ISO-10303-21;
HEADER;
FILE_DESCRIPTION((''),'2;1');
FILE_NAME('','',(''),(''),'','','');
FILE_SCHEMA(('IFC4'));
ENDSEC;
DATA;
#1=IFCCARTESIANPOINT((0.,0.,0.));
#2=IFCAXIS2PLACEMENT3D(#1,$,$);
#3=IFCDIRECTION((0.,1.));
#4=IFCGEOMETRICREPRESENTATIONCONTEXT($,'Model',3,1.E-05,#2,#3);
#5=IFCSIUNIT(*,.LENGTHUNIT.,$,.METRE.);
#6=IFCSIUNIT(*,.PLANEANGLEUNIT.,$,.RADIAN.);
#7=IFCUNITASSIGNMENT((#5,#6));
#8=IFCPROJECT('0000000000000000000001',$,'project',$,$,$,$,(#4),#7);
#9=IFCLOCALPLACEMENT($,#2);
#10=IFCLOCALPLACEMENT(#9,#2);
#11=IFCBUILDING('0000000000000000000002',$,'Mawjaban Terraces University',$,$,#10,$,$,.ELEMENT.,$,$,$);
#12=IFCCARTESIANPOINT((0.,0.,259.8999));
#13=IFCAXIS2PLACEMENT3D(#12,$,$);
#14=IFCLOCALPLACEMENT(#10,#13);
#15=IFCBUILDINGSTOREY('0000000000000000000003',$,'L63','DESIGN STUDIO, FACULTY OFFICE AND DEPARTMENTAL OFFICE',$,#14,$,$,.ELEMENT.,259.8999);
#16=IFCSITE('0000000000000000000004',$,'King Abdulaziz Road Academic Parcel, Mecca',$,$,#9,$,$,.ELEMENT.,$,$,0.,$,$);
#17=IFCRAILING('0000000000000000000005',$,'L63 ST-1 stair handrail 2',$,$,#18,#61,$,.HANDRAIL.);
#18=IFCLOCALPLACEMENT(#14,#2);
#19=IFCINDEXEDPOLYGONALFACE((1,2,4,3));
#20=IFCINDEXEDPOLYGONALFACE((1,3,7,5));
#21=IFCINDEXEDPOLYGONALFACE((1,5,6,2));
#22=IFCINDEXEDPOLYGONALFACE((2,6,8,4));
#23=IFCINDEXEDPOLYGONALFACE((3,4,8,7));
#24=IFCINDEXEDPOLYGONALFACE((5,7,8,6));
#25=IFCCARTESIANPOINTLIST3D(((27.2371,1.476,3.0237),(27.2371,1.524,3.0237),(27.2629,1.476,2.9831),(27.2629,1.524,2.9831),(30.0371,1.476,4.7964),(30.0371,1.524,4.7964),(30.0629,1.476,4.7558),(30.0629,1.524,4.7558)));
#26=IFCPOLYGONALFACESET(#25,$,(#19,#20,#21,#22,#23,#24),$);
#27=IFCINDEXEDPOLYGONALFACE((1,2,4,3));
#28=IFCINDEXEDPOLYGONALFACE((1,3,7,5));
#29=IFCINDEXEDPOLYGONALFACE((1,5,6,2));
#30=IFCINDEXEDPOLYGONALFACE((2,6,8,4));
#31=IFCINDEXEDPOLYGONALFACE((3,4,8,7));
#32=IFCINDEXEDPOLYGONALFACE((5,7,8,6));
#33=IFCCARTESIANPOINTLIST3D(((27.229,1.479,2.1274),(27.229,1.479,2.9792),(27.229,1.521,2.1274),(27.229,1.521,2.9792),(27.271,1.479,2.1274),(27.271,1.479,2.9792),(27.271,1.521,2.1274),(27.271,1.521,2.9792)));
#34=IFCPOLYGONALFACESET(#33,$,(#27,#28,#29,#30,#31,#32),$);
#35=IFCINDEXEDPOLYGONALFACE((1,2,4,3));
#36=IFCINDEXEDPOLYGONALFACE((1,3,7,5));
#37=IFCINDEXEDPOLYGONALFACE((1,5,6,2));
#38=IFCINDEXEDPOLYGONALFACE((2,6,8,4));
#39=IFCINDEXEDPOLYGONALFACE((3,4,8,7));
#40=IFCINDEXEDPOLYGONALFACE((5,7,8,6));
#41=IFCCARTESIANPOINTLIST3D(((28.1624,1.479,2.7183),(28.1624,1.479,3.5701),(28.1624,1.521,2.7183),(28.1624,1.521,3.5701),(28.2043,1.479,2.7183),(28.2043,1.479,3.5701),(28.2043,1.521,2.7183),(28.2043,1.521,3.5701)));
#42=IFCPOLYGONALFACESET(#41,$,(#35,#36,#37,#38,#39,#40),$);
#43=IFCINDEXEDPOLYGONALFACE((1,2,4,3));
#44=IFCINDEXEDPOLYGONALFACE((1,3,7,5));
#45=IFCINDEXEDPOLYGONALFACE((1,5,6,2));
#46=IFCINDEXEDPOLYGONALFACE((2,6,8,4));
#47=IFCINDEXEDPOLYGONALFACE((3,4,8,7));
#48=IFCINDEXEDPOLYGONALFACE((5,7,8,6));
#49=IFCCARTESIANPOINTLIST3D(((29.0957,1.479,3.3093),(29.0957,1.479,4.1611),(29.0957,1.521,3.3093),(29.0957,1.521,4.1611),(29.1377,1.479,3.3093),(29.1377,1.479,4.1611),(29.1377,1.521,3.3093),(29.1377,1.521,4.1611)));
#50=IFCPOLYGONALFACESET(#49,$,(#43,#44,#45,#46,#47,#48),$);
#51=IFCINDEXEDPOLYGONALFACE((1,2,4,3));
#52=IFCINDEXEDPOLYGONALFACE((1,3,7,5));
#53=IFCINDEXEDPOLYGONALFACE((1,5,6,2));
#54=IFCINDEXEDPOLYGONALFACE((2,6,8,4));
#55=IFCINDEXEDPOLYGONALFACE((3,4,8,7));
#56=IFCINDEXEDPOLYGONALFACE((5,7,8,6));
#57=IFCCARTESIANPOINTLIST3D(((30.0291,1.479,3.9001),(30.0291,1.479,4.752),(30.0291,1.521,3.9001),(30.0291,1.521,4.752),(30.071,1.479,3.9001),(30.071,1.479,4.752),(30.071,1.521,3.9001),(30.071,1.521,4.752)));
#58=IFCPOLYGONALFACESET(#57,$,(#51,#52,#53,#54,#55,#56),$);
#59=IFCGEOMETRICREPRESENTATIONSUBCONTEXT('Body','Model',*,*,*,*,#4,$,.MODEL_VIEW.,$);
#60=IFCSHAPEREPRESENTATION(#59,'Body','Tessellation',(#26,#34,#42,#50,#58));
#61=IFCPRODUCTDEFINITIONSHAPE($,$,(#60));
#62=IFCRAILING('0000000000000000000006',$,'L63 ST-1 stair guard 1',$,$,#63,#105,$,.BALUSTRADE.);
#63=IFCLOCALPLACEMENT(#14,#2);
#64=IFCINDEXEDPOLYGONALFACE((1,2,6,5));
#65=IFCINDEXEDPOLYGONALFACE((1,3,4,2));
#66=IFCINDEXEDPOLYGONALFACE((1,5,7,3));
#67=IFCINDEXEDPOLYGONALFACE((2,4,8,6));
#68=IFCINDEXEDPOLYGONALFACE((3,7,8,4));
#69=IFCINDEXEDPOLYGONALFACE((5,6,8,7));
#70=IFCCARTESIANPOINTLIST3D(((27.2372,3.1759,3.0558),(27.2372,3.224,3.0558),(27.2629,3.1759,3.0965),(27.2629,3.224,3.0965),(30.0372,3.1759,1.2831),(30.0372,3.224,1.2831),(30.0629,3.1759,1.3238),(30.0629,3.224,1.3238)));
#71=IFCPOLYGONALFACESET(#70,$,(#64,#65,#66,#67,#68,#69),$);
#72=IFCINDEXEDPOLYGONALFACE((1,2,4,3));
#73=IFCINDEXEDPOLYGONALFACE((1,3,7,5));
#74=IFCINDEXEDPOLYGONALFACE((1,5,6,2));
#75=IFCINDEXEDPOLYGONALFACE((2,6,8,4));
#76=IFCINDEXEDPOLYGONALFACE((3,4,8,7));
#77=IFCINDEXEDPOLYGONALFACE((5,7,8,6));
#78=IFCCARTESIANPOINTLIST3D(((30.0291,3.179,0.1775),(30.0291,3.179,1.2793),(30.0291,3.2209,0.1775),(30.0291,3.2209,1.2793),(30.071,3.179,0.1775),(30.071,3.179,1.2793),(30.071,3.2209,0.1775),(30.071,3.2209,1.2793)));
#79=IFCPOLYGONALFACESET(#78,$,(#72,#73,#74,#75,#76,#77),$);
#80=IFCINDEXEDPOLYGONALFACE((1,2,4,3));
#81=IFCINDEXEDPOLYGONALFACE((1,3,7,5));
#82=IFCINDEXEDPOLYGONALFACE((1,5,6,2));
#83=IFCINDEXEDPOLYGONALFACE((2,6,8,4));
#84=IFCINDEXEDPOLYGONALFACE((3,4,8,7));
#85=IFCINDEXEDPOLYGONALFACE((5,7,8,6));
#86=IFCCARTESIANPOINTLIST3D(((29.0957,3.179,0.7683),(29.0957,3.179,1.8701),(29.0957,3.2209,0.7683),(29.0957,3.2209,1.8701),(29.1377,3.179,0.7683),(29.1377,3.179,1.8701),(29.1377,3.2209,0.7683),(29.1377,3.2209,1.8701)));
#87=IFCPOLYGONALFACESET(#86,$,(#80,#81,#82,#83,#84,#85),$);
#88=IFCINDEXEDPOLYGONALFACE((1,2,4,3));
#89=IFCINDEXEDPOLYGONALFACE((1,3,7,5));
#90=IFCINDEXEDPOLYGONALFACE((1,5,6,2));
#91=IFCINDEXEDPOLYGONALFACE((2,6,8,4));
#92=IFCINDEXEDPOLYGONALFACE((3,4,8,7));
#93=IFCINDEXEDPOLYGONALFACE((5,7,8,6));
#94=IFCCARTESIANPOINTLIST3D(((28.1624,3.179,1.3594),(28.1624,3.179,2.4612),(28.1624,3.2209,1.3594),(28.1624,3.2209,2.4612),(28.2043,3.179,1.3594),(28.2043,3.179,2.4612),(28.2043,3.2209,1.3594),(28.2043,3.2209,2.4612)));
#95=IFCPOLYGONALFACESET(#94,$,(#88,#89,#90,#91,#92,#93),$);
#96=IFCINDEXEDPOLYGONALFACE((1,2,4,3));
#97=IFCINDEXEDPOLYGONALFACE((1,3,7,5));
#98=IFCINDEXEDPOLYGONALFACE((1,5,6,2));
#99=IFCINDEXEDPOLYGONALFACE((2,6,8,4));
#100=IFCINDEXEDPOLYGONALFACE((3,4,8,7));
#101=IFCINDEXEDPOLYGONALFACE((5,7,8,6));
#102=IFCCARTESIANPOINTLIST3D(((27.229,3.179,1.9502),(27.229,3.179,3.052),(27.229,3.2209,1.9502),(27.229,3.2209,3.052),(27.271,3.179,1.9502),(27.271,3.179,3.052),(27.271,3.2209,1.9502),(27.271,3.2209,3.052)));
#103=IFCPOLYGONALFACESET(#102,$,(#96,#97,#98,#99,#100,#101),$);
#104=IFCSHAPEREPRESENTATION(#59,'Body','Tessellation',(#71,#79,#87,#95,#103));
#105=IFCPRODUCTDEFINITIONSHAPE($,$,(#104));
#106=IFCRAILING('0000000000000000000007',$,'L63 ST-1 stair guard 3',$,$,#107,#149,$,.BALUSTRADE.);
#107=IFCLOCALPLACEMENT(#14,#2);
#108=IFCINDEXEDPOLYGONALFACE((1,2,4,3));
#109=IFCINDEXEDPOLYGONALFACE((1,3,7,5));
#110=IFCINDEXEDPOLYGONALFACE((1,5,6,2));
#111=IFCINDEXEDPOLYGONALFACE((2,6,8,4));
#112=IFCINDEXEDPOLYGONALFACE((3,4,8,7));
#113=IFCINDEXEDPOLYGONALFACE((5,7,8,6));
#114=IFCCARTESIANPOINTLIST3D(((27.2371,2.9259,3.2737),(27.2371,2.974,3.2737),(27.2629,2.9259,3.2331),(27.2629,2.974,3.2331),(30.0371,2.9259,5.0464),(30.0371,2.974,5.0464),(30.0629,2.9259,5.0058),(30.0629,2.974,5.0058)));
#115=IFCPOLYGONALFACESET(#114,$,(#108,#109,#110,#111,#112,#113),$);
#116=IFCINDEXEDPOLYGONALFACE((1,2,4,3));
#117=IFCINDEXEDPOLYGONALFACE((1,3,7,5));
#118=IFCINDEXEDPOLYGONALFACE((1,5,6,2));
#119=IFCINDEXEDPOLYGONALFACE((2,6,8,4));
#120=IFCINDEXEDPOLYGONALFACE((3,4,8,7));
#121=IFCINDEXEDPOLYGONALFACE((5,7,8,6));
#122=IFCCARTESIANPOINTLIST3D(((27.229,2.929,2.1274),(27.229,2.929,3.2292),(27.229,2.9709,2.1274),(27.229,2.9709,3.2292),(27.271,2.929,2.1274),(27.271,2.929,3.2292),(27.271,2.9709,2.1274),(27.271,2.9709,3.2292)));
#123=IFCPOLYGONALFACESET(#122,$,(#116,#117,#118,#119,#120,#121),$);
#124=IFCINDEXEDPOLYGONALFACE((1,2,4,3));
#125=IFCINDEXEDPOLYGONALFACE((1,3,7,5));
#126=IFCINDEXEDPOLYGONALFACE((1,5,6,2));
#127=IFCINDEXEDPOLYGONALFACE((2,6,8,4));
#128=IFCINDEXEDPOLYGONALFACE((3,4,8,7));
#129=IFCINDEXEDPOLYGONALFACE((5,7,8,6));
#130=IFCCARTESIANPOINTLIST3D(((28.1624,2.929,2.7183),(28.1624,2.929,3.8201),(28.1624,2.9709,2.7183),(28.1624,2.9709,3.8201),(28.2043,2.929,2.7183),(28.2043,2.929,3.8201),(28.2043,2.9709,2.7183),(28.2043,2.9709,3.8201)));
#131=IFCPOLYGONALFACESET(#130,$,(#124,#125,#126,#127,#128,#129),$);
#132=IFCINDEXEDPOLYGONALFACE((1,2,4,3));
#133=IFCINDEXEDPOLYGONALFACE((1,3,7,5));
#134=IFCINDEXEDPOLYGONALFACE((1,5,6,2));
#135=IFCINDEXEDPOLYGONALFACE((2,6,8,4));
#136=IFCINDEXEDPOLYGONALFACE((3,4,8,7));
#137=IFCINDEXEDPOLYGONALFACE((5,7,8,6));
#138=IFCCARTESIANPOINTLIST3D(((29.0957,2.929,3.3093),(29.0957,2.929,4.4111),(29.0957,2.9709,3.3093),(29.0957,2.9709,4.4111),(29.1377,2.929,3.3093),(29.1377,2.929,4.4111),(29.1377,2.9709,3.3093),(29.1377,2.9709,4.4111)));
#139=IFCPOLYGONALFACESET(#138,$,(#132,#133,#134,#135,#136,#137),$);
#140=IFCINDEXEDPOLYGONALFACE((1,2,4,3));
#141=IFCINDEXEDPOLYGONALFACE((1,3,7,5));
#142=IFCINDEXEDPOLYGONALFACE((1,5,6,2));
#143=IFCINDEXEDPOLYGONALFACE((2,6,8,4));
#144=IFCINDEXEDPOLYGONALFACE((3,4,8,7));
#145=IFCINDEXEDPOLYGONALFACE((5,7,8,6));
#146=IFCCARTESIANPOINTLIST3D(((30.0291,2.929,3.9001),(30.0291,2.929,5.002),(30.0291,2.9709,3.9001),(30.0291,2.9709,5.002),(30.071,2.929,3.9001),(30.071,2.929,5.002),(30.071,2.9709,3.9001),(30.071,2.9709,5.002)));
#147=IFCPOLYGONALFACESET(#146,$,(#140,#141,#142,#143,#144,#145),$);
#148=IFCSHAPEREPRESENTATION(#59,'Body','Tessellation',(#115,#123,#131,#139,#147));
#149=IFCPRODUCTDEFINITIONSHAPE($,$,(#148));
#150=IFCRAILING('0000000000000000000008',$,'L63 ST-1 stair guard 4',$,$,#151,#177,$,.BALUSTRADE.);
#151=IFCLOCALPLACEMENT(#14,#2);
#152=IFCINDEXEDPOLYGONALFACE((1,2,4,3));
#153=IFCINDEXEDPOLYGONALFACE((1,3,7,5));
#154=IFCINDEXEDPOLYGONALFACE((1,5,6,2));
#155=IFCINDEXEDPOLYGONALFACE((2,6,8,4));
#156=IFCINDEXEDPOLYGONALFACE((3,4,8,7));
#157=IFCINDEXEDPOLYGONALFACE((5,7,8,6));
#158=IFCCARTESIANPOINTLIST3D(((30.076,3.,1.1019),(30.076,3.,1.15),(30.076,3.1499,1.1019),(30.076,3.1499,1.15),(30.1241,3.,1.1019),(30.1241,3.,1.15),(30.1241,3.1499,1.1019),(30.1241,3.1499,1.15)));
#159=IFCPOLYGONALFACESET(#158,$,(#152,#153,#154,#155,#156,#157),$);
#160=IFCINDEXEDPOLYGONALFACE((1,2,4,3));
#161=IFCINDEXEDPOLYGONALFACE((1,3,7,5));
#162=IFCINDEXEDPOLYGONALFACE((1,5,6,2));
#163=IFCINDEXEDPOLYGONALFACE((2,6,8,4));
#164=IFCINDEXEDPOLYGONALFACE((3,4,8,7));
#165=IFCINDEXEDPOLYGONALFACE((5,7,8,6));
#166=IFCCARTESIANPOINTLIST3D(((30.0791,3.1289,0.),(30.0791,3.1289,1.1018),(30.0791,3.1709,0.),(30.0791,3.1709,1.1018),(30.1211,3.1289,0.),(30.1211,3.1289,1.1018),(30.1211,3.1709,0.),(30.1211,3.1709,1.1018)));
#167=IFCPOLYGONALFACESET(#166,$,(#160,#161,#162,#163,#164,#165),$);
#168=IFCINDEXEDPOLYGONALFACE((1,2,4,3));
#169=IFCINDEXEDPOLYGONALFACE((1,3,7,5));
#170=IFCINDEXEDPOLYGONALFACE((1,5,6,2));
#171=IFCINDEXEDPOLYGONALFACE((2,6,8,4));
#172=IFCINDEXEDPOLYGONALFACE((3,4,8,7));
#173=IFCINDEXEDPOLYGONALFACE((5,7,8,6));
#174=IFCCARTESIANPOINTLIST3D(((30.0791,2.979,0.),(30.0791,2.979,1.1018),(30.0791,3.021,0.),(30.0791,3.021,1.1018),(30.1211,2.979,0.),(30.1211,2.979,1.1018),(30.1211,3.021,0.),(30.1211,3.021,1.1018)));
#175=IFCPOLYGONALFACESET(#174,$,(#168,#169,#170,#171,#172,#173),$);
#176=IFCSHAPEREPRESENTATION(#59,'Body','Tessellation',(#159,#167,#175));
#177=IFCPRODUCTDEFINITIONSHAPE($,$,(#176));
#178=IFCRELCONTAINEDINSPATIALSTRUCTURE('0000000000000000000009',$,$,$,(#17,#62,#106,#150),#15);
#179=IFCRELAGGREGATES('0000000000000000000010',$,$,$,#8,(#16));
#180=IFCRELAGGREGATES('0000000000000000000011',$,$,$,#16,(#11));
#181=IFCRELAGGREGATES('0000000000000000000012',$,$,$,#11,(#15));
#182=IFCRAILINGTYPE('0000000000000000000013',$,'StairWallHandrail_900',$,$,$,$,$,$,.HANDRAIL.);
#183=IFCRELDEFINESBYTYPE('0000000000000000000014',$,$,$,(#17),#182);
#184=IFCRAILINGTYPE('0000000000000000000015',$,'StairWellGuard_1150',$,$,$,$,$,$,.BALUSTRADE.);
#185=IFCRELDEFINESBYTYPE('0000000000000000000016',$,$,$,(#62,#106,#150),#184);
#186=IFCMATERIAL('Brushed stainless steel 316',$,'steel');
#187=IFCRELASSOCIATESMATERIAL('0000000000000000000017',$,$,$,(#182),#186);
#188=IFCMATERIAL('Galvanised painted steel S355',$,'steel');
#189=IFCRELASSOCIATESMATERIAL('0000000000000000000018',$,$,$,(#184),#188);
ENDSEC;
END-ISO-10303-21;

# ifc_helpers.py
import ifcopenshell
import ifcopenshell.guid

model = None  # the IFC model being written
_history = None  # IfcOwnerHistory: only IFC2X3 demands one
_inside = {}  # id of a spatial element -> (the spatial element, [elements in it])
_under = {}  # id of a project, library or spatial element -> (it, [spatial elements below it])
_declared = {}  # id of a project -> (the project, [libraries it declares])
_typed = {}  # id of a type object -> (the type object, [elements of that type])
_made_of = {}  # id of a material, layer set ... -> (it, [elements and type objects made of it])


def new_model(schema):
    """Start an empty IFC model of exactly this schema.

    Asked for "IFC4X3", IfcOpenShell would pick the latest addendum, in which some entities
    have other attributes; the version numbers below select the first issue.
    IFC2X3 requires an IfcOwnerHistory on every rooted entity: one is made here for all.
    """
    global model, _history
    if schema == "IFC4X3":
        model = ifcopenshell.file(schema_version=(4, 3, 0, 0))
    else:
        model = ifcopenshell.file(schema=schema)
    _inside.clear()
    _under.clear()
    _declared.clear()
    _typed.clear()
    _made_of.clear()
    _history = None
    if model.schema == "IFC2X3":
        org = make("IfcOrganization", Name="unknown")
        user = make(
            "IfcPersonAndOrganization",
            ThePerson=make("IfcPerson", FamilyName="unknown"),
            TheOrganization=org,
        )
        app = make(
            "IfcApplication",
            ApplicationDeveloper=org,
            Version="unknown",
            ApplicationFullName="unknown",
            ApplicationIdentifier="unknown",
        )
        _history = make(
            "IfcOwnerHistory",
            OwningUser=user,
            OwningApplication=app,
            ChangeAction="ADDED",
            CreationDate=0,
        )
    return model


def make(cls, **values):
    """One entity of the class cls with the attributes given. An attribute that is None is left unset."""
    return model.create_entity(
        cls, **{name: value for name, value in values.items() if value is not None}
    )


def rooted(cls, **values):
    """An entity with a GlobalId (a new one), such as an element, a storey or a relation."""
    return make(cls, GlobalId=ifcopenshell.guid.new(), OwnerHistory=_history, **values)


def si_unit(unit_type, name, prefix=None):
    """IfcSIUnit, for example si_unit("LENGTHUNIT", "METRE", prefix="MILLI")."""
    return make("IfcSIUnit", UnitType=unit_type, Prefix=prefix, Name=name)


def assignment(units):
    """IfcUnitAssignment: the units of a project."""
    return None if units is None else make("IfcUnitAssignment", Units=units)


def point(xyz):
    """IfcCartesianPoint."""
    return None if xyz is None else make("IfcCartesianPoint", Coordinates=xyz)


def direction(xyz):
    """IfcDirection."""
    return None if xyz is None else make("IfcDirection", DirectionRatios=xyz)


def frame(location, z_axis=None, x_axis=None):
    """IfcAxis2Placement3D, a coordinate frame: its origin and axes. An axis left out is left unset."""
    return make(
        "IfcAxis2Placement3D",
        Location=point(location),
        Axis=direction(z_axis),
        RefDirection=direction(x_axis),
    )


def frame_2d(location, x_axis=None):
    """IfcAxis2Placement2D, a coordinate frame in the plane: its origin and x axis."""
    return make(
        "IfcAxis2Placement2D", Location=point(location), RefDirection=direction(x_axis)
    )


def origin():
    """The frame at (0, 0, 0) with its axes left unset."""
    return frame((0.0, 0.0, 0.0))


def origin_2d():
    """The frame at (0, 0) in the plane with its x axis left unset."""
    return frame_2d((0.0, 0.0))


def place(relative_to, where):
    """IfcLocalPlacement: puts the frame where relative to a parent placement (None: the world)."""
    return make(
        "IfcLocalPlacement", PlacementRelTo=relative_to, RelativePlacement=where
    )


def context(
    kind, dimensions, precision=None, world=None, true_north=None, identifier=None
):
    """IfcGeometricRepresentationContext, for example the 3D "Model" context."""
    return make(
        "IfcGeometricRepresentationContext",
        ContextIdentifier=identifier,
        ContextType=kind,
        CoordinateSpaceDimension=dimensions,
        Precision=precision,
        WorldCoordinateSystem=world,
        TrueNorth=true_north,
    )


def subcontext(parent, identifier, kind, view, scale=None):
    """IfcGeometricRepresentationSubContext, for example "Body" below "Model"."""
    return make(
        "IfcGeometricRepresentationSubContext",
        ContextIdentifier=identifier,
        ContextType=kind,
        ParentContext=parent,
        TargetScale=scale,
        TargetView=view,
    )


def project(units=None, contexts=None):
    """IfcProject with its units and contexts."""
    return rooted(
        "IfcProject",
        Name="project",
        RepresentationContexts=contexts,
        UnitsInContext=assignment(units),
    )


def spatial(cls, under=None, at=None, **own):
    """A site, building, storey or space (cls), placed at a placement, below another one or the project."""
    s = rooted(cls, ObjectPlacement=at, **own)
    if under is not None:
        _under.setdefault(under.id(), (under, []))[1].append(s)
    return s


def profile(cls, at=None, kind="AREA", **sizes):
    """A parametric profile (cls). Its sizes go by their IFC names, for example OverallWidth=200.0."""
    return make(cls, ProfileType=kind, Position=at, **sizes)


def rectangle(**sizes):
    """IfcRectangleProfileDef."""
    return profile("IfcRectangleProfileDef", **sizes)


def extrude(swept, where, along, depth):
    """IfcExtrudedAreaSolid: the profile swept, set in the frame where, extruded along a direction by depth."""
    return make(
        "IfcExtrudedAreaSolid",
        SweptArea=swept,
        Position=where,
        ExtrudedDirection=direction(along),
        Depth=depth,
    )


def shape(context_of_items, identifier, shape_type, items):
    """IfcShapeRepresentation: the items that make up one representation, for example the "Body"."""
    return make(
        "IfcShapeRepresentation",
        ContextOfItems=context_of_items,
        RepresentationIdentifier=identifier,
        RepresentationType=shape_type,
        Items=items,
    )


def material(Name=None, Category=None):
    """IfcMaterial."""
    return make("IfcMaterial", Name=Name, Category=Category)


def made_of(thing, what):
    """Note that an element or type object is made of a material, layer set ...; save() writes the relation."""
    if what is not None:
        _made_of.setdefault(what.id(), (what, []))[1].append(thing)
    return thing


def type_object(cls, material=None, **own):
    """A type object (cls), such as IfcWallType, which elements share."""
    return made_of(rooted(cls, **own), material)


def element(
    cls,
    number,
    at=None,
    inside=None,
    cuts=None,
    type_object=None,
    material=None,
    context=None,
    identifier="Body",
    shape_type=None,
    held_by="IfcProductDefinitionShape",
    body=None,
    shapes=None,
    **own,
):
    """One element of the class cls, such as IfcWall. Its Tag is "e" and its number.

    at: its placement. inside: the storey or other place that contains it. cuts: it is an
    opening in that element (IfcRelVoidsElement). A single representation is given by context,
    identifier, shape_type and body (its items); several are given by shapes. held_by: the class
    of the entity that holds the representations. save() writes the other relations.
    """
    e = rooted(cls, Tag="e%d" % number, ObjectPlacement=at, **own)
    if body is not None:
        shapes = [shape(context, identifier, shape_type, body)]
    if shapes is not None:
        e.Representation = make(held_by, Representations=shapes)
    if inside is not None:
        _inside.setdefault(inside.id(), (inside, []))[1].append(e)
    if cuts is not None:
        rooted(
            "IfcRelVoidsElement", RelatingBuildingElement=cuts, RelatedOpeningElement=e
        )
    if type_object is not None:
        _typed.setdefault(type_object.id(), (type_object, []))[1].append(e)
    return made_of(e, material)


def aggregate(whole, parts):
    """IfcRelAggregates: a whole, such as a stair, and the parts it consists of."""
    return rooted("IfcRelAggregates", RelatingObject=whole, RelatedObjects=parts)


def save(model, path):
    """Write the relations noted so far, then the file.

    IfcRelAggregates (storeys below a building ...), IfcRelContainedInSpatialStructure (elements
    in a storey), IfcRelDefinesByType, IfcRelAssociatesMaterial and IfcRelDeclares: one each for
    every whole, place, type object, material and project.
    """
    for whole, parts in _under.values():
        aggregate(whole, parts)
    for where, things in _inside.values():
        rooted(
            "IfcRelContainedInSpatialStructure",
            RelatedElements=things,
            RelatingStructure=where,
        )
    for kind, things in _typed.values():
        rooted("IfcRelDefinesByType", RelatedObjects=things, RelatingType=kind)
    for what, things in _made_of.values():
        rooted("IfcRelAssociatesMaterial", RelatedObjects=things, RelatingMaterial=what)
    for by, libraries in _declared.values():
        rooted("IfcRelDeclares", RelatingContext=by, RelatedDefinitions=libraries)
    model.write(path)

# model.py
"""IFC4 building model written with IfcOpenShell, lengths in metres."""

from ifc_helpers import new_model, si_unit, direction, frame, origin, origin_2d, place, context, subcontext, project, spatial, rectangle, extrude, material, type_object, element, save


model = new_model("IFC4")

# Units and contexts
model_context = context("Model", 3, precision=1e-05, world=origin(), true_north=direction((0.0, 1.0)))
body_context = subcontext(model_context, "Body", "Model", "MODEL_VIEW")
ifc_project = project(units=[si_unit("LENGTHUNIT", "METRE"), si_unit("PLANEANGLEUNIT", "RADIAN")], contexts=[model_context])

# Site, building, storey
site_placement = place(None, origin())
site = spatial("IfcSite", under=ifc_project, at=site_placement, Name="King Abdulaziz Road Academic Parcel, Mecca", CompositionType="ELEMENT", RefElevation=0.0)
building_placement = place(site_placement, origin())
building = spatial("IfcBuilding", under=site, at=building_placement, Name="Mawjaban Terraces University", CompositionType="ELEMENT")
storey_placement = place(building_placement, frame((0.0, 0.0, 259.8999)))
storey = spatial("IfcBuildingStorey", under=building, at=storey_placement, Name="L63", Description="DESIGN STUDIO, FACULTY OFFICE AND DEPARTMENTAL OFFICE", CompositionType="ELEMENT", Elevation=259.8999)

# Railings
ifc_material_1 = material(Name="Brushed stainless steel 316", Category="steel")
railing_type_1 = type_object("IfcRailingType", Name="StairWallHandrail_900", PredefinedType="HANDRAIL", material=ifc_material_1)
railing_1_placement = place(storey_placement, frame((27.25, 1.5, 2.1274)))
element("IfcRailing", 1, at=railing_1_placement, inside=storey, type_object=railing_type_1, Name="L63 ST-1 stair handrail 2", PredefinedType="HANDRAIL", context=body_context, shape_type="SweptSolid", body=[
    extrude(rectangle(XDim=0.0481, YDim=0.0481, at=origin_2d()), frame((0.0, 0.0, 0.876), z_axis=(0.844909, 0.0, 0.53491), x_axis=(0.0, 1.0, 0.0)), (0.0, 0.0, 1.0), 3.314),
    extrude(rectangle(XDim=0.042, YDim=0.042, at=origin_2d()), origin(), (0.0, 0.0, 1.0), 0.8518),
    extrude(rectangle(XDim=0.042, YDim=0.042, at=origin_2d()), frame((0.9333, 0.0, 0.5908)), (0.0, 0.0, 1.0), 0.8518),
    extrude(rectangle(XDim=0.042, YDim=0.042, at=origin_2d()), frame((1.8667, 0.0, 1.1819)), (0.0, 0.0, 1.0), 0.8518),
    extrude(rectangle(XDim=0.042, YDim=0.042, at=origin_2d()), frame((2.8, 0.0, 1.7727)), (0.0, 0.0, 1.0), 0.8518),
])
ifc_material_2 = material(Name="Galvanised painted steel S355", Category="steel")
railing_type_2 = type_object("IfcRailingType", Name="StairWellGuard_1150", PredefinedType="BALUSTRADE", material=ifc_material_2)
railing_2_placement = place(storey_placement, frame((30.05, 3.2, 0.1775)))
element("IfcRailing", 2, at=railing_2_placement, inside=storey, type_object=railing_type_2, Name="L63 ST-1 stair guard 1", PredefinedType="BALUSTRADE", context=body_context, shape_type="SweptSolid", body=[
    extrude(rectangle(XDim=0.0481, YDim=0.0481, at=origin_2d()), frame((0.0, 0.0, 1.126), z_axis=(-0.844909, 0.0, 0.53491), x_axis=(0.0, -1.0, 0.0)), (0.0, 0.0, 1.0), 3.314),
    extrude(rectangle(XDim=0.042, YDim=0.042, at=origin_2d()), origin(), (0.0, 0.0, 1.0), 1.1018),
    extrude(rectangle(XDim=0.042, YDim=0.042, at=origin_2d()), frame((-0.9333, 0.0, 0.5908)), (0.0, 0.0, 1.0), 1.1018),
    extrude(rectangle(XDim=0.042, YDim=0.042, at=origin_2d()), frame((-1.8667, 0.0, 1.1819)), (0.0, 0.0, 1.0), 1.1018),
    extrude(rectangle(XDim=0.042, YDim=0.042, at=origin_2d()), frame((-2.8, 0.0, 1.7727)), (0.0, 0.0, 1.0), 1.1018),
])
railing_3_placement = place(storey_placement, frame((27.25, 2.95, 2.1274)))
element("IfcRailing", 3, at=railing_3_placement, inside=storey, type_object=railing_type_2, Name="L63 ST-1 stair guard 3", PredefinedType="BALUSTRADE", context=body_context, shape_type="SweptSolid", body=[
    extrude(rectangle(XDim=0.0481, YDim=0.0481, at=origin_2d()), frame((0.0, 0.0, 1.126), z_axis=(0.844909, 0.0, 0.53491), x_axis=(0.0, 1.0, 0.0)), (0.0, 0.0, 1.0), 3.314),
    extrude(rectangle(XDim=0.042, YDim=0.042, at=origin_2d()), origin(), (0.0, 0.0, 1.0), 1.1018),
    extrude(rectangle(XDim=0.042, YDim=0.042, at=origin_2d()), frame((0.9333, 0.0, 0.5908)), (0.0, 0.0, 1.0), 1.1018),
    extrude(rectangle(XDim=0.042, YDim=0.042, at=origin_2d()), frame((1.8667, 0.0, 1.1819)), (0.0, 0.0, 1.0), 1.1018),
    extrude(rectangle(XDim=0.042, YDim=0.042, at=origin_2d()), frame((2.8, 0.0, 1.7727)), (0.0, 0.0, 1.0), 1.1018),
])
railing_4_placement = place(storey_placement, frame((30.1001, 3.1499, 0.0)))
element("IfcRailing", 4, at=railing_4_placement, inside=storey, type_object=railing_type_2, Name="L63 ST-1 stair guard 4", PredefinedType="BALUSTRADE", context=body_context, shape_type="SweptSolid", body=[
    extrude(rectangle(XDim=0.0481, YDim=0.0481, at=origin_2d()), frame((0.0, 0.0, 1.126), z_axis=(0.0, -1.0, 0.0), x_axis=(1.0, 0.0, 0.0)), (0.0, 0.0, 1.0), 0.1499),
    extrude(rectangle(XDim=0.042, YDim=0.042, at=origin_2d()), origin(), (0.0, 0.0, 1.0), 1.1018),
    extrude(rectangle(XDim=0.042, YDim=0.042, at=origin_2d()), frame((0.0, -0.1499, 0.0)), (0.0, 0.0, 1.0), 1.1018),
])

save(model, "model.ifc")
